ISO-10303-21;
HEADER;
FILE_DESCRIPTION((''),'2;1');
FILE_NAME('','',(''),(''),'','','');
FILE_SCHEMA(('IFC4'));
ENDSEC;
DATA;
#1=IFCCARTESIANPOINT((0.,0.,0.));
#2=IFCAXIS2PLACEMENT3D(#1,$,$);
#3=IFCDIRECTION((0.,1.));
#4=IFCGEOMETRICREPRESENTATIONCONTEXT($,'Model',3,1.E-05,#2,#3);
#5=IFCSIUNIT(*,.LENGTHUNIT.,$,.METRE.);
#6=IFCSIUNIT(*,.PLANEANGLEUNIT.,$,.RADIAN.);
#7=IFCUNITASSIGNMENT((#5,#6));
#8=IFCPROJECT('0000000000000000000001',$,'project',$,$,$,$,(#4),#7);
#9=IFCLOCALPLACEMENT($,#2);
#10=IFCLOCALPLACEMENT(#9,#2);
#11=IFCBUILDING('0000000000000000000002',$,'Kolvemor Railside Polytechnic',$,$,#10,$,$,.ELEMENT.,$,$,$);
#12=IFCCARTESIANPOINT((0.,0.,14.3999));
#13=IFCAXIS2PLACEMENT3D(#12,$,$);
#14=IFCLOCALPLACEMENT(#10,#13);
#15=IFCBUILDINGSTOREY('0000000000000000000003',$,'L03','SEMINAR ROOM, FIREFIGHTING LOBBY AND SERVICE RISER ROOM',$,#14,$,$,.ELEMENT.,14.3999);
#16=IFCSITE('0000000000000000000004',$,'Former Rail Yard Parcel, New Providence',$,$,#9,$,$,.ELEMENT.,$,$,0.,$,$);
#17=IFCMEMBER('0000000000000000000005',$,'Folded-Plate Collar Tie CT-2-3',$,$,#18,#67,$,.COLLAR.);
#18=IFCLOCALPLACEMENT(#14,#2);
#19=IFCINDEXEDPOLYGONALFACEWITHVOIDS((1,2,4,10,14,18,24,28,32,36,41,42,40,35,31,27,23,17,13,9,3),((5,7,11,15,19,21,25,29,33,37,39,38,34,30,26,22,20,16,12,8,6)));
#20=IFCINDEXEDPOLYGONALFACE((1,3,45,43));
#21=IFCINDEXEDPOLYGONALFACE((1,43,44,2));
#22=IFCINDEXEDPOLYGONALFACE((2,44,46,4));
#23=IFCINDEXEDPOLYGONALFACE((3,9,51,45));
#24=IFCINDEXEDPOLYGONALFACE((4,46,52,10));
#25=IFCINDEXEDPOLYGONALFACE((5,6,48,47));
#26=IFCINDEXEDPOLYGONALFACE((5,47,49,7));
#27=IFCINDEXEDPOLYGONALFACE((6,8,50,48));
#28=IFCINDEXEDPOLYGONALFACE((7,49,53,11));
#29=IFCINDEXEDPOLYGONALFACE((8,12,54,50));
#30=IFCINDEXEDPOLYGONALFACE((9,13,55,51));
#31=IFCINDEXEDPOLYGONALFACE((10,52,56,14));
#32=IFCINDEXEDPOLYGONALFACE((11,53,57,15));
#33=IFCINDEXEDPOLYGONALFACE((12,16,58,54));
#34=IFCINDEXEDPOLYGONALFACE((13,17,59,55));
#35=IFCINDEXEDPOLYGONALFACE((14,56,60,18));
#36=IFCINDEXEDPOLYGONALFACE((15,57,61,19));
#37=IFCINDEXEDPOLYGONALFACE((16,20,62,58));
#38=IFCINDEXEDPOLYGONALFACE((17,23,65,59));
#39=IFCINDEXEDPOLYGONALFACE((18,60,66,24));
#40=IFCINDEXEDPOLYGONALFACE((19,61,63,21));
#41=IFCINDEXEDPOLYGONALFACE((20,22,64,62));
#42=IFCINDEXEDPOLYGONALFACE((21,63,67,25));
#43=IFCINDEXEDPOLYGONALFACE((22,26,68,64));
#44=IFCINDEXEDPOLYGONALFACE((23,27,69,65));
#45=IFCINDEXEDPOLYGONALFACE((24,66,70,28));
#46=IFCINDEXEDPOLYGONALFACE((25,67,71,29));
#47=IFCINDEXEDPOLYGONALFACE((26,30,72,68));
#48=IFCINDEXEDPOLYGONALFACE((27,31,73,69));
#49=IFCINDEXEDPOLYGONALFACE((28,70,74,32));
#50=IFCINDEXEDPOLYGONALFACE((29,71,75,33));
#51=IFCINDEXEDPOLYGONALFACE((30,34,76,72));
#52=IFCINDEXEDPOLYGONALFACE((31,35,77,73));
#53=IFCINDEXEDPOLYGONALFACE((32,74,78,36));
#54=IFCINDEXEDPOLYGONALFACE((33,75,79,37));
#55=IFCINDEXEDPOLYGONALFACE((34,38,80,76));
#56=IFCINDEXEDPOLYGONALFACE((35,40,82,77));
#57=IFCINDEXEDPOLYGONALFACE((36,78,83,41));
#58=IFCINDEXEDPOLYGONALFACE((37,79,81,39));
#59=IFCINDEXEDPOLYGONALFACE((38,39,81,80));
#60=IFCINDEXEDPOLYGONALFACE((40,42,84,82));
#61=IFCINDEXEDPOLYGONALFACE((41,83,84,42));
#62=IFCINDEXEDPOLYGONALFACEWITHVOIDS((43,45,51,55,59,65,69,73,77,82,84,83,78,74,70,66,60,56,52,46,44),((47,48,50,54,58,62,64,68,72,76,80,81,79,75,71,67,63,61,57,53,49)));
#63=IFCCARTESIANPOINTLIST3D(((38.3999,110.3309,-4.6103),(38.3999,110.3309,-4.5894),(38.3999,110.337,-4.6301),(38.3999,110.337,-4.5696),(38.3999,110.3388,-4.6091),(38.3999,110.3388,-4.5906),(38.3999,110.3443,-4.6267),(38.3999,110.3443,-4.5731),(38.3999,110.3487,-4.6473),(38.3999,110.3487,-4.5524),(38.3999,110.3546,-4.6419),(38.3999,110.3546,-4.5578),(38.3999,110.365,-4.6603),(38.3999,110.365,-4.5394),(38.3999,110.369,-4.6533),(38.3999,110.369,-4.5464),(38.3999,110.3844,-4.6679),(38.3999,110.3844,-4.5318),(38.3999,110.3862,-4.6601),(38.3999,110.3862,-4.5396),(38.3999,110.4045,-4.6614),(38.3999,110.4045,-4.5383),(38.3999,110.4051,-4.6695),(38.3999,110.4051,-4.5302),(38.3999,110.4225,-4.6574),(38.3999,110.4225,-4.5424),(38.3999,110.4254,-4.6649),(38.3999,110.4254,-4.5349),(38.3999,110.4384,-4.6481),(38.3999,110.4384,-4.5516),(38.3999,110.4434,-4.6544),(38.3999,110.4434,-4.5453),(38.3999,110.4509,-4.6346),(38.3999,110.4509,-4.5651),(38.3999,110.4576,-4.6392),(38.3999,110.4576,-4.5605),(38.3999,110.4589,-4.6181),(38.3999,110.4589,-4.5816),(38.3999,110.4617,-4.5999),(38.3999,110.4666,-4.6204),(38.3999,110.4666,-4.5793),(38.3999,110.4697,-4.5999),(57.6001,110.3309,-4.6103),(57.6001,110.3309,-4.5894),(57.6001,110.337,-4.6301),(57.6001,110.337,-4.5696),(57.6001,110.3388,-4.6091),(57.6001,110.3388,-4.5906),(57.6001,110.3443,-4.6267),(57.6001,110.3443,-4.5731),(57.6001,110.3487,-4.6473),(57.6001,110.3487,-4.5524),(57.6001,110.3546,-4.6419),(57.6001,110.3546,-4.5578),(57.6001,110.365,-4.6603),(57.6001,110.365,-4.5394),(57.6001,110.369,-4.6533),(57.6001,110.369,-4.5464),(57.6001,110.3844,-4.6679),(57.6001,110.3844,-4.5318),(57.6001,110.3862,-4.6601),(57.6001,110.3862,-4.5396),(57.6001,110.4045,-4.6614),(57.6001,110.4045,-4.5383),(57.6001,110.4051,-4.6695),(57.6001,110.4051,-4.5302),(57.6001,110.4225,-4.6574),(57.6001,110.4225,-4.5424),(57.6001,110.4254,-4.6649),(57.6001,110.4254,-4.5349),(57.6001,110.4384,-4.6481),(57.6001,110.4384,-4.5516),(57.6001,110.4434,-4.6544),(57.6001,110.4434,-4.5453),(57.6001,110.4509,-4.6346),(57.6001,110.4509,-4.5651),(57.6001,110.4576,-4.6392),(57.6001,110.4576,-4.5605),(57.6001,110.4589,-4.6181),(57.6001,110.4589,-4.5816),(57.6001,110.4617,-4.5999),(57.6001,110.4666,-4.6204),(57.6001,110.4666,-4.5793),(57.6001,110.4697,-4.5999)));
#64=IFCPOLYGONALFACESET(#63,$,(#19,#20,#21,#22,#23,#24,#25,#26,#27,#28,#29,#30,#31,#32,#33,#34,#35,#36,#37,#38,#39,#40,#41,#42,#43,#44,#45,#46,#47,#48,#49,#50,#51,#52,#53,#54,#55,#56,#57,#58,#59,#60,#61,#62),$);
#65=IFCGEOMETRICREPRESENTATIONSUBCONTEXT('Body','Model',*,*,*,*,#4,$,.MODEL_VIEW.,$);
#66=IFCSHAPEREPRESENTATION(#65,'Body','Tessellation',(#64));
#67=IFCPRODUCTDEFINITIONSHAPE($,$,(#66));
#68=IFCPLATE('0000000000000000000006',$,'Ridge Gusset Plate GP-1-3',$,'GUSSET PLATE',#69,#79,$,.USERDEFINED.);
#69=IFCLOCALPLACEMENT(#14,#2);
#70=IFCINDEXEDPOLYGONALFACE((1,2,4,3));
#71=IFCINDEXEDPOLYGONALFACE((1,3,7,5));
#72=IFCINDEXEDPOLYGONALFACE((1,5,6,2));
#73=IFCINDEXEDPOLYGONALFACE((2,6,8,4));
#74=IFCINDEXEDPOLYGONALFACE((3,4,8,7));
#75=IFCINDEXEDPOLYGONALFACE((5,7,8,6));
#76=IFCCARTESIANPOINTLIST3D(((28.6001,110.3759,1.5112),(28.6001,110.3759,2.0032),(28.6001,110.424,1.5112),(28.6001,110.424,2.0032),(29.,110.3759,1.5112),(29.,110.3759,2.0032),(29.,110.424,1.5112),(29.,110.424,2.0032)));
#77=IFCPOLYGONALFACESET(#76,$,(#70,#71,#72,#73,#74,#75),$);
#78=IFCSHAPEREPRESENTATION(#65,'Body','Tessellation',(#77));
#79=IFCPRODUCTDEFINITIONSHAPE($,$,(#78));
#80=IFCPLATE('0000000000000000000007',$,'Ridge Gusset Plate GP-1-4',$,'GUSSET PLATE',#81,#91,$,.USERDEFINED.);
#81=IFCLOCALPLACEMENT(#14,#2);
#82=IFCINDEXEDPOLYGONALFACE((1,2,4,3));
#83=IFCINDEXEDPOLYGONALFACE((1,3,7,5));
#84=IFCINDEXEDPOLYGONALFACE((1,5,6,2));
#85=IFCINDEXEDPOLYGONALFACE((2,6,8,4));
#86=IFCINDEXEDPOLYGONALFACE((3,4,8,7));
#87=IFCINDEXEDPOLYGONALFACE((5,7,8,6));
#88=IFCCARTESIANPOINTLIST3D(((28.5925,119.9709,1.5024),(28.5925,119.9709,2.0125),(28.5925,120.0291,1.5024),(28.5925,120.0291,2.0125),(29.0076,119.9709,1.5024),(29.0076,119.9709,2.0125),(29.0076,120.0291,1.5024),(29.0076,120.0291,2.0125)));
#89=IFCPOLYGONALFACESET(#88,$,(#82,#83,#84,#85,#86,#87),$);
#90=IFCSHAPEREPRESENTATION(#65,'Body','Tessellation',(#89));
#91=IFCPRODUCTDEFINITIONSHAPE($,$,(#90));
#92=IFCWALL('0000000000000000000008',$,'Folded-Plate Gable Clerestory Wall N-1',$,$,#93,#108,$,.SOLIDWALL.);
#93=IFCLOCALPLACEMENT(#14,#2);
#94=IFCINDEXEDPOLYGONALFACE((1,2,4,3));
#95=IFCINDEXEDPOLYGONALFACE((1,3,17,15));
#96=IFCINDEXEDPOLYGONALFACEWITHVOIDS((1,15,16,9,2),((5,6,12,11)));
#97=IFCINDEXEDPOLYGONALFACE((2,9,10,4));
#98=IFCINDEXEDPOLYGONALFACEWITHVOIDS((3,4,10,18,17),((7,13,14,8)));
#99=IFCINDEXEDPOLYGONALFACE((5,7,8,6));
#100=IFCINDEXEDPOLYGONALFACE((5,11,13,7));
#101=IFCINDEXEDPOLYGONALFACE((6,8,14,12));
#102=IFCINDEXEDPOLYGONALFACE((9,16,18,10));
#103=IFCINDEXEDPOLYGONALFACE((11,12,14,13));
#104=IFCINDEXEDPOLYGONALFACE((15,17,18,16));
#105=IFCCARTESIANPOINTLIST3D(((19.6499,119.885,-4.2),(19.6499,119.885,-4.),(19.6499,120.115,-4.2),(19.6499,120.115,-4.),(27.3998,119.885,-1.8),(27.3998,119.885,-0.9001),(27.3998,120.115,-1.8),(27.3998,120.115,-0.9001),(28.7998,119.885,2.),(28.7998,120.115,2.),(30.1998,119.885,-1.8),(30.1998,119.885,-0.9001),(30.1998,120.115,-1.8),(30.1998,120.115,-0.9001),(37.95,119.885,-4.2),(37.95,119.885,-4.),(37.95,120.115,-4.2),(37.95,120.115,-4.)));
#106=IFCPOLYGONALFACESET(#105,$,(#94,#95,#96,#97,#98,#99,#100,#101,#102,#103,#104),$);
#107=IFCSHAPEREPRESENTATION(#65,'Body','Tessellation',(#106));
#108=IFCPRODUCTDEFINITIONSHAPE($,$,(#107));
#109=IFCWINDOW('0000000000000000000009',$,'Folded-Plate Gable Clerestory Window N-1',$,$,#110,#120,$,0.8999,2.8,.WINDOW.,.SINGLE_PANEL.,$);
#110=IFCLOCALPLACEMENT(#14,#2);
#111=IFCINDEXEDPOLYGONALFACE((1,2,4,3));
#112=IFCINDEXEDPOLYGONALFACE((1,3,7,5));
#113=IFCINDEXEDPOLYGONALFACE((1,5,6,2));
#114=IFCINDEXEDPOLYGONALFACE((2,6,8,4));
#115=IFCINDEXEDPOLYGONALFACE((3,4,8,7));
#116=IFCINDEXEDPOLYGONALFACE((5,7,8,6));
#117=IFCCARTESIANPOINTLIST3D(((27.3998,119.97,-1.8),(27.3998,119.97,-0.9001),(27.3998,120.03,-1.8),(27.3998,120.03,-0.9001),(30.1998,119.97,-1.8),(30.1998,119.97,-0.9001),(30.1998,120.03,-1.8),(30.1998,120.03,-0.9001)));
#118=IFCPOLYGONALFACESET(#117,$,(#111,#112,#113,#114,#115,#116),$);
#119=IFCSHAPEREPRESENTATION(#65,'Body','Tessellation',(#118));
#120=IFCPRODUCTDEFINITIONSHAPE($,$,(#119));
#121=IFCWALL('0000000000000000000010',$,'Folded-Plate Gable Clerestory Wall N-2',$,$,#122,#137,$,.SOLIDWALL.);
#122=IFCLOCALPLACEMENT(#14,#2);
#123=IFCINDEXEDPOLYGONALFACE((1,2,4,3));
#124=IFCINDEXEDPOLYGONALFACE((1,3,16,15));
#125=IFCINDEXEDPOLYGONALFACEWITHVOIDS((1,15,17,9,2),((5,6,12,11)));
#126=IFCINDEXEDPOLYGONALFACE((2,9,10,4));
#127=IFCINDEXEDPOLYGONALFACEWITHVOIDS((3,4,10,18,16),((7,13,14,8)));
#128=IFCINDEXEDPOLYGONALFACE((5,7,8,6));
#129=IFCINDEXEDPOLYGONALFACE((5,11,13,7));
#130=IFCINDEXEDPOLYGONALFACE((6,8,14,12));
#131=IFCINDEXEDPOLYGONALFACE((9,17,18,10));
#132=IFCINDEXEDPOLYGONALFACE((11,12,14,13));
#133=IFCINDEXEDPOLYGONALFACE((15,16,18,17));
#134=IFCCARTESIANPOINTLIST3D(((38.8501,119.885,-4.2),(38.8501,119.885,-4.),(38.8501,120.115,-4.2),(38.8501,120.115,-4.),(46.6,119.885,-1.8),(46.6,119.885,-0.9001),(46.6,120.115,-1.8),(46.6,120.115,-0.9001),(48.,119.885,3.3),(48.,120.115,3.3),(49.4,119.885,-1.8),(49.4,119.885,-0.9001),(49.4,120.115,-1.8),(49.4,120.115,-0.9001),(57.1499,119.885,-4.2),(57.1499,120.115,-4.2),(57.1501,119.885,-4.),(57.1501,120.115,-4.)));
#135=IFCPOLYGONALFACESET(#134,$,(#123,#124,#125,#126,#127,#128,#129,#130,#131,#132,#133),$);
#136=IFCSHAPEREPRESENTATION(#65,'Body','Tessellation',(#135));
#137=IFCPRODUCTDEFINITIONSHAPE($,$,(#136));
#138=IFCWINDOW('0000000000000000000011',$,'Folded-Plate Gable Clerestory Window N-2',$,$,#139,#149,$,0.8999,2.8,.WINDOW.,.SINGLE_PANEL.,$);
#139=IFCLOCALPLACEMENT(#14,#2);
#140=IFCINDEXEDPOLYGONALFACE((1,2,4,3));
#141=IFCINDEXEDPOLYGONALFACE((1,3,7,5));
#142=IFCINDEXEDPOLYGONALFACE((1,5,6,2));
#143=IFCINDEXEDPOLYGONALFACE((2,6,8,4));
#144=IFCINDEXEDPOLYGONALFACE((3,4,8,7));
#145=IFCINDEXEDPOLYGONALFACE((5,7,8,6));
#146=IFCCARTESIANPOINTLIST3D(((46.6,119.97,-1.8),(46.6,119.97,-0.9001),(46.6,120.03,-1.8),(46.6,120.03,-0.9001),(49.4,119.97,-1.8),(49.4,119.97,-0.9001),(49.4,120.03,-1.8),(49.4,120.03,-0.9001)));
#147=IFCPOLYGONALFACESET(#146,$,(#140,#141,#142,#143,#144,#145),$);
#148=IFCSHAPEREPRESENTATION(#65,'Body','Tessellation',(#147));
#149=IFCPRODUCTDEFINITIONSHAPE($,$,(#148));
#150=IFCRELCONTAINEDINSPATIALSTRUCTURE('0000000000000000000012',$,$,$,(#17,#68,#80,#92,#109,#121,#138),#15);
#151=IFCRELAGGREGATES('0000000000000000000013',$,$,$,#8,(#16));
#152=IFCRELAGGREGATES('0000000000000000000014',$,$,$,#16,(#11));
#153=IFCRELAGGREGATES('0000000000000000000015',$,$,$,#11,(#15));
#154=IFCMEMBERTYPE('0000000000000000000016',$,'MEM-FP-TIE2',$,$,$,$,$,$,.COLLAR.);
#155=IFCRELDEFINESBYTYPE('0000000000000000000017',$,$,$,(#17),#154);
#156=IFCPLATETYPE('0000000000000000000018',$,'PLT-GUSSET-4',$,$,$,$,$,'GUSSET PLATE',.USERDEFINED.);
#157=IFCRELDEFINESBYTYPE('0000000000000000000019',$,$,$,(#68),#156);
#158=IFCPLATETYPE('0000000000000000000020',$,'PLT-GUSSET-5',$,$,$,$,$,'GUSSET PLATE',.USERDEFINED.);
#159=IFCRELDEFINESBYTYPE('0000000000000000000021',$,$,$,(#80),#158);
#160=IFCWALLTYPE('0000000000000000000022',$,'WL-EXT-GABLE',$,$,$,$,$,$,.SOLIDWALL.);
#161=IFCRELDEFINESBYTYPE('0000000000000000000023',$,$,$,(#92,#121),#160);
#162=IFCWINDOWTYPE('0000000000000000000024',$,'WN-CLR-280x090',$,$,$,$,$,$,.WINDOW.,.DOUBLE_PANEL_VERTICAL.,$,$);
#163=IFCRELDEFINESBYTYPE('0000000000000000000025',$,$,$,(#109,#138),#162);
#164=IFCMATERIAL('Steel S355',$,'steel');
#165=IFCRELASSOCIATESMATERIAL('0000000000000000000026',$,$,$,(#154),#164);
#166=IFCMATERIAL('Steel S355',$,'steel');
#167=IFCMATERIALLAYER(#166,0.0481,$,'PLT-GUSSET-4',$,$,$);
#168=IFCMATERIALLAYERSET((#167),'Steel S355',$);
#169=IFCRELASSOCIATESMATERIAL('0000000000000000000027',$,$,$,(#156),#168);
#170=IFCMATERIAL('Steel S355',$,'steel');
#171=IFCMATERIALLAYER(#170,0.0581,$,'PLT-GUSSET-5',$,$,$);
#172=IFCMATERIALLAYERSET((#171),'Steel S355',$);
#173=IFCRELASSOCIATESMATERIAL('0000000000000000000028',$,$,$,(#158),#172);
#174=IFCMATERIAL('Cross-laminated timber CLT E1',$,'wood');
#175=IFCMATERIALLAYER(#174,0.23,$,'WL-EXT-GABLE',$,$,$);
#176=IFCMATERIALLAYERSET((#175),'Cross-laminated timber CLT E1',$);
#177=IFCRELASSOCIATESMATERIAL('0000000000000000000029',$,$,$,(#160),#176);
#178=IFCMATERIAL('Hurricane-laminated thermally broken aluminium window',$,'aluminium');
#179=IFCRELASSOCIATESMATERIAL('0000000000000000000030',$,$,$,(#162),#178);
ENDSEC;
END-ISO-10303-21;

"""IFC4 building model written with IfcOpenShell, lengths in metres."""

from ifc_helpers import new_model, si_unit, direction, frame, frame_2d, origin, origin_2d, place, context, subcontext, project, spatial, polyline, rectangle, hollow_circle, outline, extrude, material, layer, layer_set, material_profile, profile_set, type_object, element, fill, save


model = new_model("IFC4")

# Units and contexts
model_context = context("Model", 3, precision=1e-05, world=origin(), true_north=direction((0.0, 1.0)))
body_context = subcontext(model_context, "Body", "Model", "MODEL_VIEW")
ifc_project = project(units=[si_unit("LENGTHUNIT", "METRE"), si_unit("PLANEANGLEUNIT", "RADIAN")], contexts=[model_context])

# Site, building, storey
site_placement = place(None, origin())
site = spatial("IfcSite", under=ifc_project, at=site_placement, Name="Former Rail Yard Parcel, New Providence", CompositionType="ELEMENT", RefElevation=0.0)
building_placement = place(site_placement, origin())
building = spatial("IfcBuilding", under=site, at=building_placement, Name="Kolvemor Railside Polytechnic", CompositionType="ELEMENT")
storey_placement = place(building_placement, frame((0.0, 0.0, 14.3999)))
storey = spatial("IfcBuildingStorey", under=building, at=storey_placement, Name="L03", Description="SEMINAR ROOM, FIREFIGHTING LOBBY AND SERVICE RISER ROOM", CompositionType="ELEMENT", Elevation=14.3999)

# Member
ifc_material_1 = material(Name="Steel S355", Category="steel")
ifc_material_profile_1 = material_profile(ifc_material_1, hollow_circle(Radius=0.0698, WallThickness=0.0081, at=origin_2d()), Name="CHS139.7x8")
ifc_profile_set_1 = profile_set([ifc_material_profile_1], Name="Steel S355")
member_type_1 = type_object("IfcMemberType", Name="MEM-FP-TIE2", PredefinedType="COLLAR", material=ifc_profile_set_1)
member_1_placement = place(storey_placement, frame((38.3999, 110.3999, -4.5999), z_axis=(1.0, 0.0, 0.0), x_axis=(0.0, 1.0, 0.0)))
element("IfcMember", 1, at=member_1_placement, inside=storey, type_object=member_type_1, Name="Folded-Plate Collar Tie CT-2-3", PredefinedType="COLLAR", context=body_context, shape_type="SweptSolid", body=[
    extrude(hollow_circle(Radius=0.0698, WallThickness=0.0081, at=origin_2d()), origin(), (0.0, 0.0, 1.0), 19.2002),
])

# Plates
ifc_material_2 = material(Name="Steel S355", Category="steel")
ifc_layer_1 = layer(ifc_material_2, 0.0481, Name="PLT-GUSSET-4")
ifc_layer_set_1 = layer_set([ifc_layer_1], Name="Steel S355")
plate_type_1 = type_object("IfcPlateType", Name="PLT-GUSSET-4", ElementType="GUSSET PLATE", PredefinedType="USERDEFINED", material=ifc_layer_set_1)
plate_1_placement = place(storey_placement, frame((28.8, 110.3999, 1.5112), z_axis=(0.0, 0.0, 1.0), x_axis=(1.0, 0.0, 0.0)))
element("IfcPlate", 2, at=plate_1_placement, inside=storey, type_object=plate_type_1, Name="Ridge Gusset Plate GP-1-3", ObjectType="GUSSET PLATE", PredefinedType="USERDEFINED", context=body_context, shape_type="SweptSolid", body=[
    extrude(rectangle(XDim=0.3999, YDim=0.0481, at=origin_2d()), origin(), (0.0, 0.0, 1.0), 0.4919),
])
ifc_material_3 = material(Name="Steel S355", Category="steel")
ifc_layer_2 = layer(ifc_material_3, 0.0581, Name="PLT-GUSSET-5")
ifc_layer_set_2 = layer_set([ifc_layer_2], Name="Steel S355")
plate_type_2 = type_object("IfcPlateType", Name="PLT-GUSSET-5", ElementType="GUSSET PLATE", PredefinedType="USERDEFINED", material=ifc_layer_set_2)
plate_2_placement = place(storey_placement, frame((28.8, 120.0, 1.5024), z_axis=(0.0, 0.0, 1.0), x_axis=(1.0, 0.0, 0.0)))
element("IfcPlate", 3, at=plate_2_placement, inside=storey, type_object=plate_type_2, Name="Ridge Gusset Plate GP-1-4", ObjectType="GUSSET PLATE", PredefinedType="USERDEFINED", context=body_context, shape_type="SweptSolid", body=[
    extrude(rectangle(XDim=0.415, YDim=0.0581, at=origin_2d()), origin(), (0.0, 0.0, 1.0), 0.51),
])

# Walls, openings, windows
ifc_material_4 = material(Name="Cross-laminated timber CLT E1", Category="wood")
ifc_layer_3 = layer(ifc_material_4, 0.23, Name="WL-EXT-GABLE")
ifc_layer_set_3 = layer_set([ifc_layer_3], Name="Cross-laminated timber CLT E1")
wall_type = type_object("IfcWallType", Name="WL-EXT-GABLE", PredefinedType="SOLIDWALL", material=ifc_layer_set_3)
wall_1_placement = place(storey_placement, frame((19.6499, 120.0, -4.2), z_axis=(0.0, 0.0, 1.0), x_axis=(1.0, 0.0, 0.0)))
wall_1 = element("IfcWall", 4, at=wall_1_placement, inside=storey, type_object=wall_type, Name="Folded-Plate Gable Clerestory Wall N-1", PredefinedType="SOLIDWALL", context=body_context, shape_type="SweptSolid", body=[
    extrude(outline(polyline([(0.0, 0.0), (18.3, 0.0), (18.3, 0.2), (9.1499, 6.2), (0.0, 0.2), (0.0, 0.0)])), frame((0.0, 0.115, 0.0), z_axis=(0.0, -1.0, 0.0), x_axis=(1.0, 0.0, 0.0)), (0.0, 0.0, 1.0), 0.23),
])
opening_1_placement = place(wall_1_placement, frame((7.75, 0.0, 2.3999)))
opening_1 = element("IfcOpeningElement", 5, at=opening_1_placement, cuts=wall_1, PredefinedType="OPENING", context=body_context, shape_type="SweptSolid", body=[
    extrude(rectangle(XDim=2.8, YDim=0.8999, at=frame_2d((1.3999, 0.45))), frame((0.0, 0.125, 0.0), z_axis=(0.0, -1.0, 0.0), x_axis=(1.0, 0.0, 0.0)), (0.0, 0.0, 1.0), 0.25),
])
ifc_material_5 = material(Name="Hurricane-laminated thermally broken aluminium window", Category="aluminium")
window_type = type_object("IfcWindowType", Name="WN-CLR-280x090", PartitioningType="DOUBLE_PANEL_VERTICAL", PredefinedType="WINDOW", material=ifc_material_5)
window_1_placement = place(opening_1_placement, origin())
window_1 = element("IfcWindow", 6, at=window_1_placement, inside=storey, type_object=window_type, Name="Folded-Plate Gable Clerestory Window N-1", OverallHeight=0.8999, OverallWidth=2.8, PartitioningType="SINGLE_PANEL", PredefinedType="WINDOW", context=body_context, shape_type="SweptSolid", body=[
    extrude(rectangle(XDim=2.8, YDim=0.8999, at=frame_2d((1.3999, 0.45))), frame((0.0, 0.03, 0.0), z_axis=(0.0, -1.0, 0.0), x_axis=(1.0, 0.0, 0.0)), (0.0, 0.0, 1.0), 0.0601),
])
fill(opening_1, window_1)
wall_2_placement = place(storey_placement, frame((38.8501, 120.0, -4.2), z_axis=(0.0, 0.0, 1.0), x_axis=(1.0, 0.0, 0.0)))
wall_2 = element("IfcWall", 7, at=wall_2_placement, inside=storey, type_object=wall_type, Name="Folded-Plate Gable Clerestory Wall N-2", PredefinedType="SOLIDWALL", context=body_context, shape_type="SweptSolid", body=[
    extrude(outline(polyline([(0.0, 0.0), (18.2998, 0.0), (18.3, 0.2), (9.1499, 7.5), (0.0, 0.2), (0.0, 0.0)])), frame((0.0, 0.115, 0.0), z_axis=(0.0, -1.0, 0.0), x_axis=(1.0, 0.0, 0.0)), (0.0, 0.0, 1.0), 0.23),
])
opening_2_placement = place(wall_2_placement, frame((7.75, 0.0, 2.3999)))
opening_2 = element("IfcOpeningElement", 8, at=opening_2_placement, cuts=wall_2, PredefinedType="OPENING", context=body_context, shape_type="SweptSolid", body=[
    extrude(rectangle(XDim=2.8, YDim=0.8999, at=frame_2d((1.3999, 0.45))), frame((0.0, 0.125, 0.0), z_axis=(0.0, -1.0, 0.0), x_axis=(1.0, 0.0, 0.0)), (0.0, 0.0, 1.0), 0.25),
])
window_2_placement = place(opening_2_placement, origin())
window_2 = element("IfcWindow", 9, at=window_2_placement, inside=storey, type_object=window_type, Name="Folded-Plate Gable Clerestory Window N-2", OverallHeight=0.8999, OverallWidth=2.8, PartitioningType="SINGLE_PANEL", PredefinedType="WINDOW", context=body_context, shape_type="SweptSolid", body=[
    extrude(rectangle(XDim=2.8, YDim=0.8999, at=frame_2d((1.3999, 0.45))), frame((0.0, 0.03, 0.0), z_axis=(0.0, -1.0, 0.0), x_axis=(1.0, 0.0, 0.0)), (0.0, 0.0, 1.0), 0.0601),
])
fill(opening_2, window_2)

save(model, "model.ifc")
